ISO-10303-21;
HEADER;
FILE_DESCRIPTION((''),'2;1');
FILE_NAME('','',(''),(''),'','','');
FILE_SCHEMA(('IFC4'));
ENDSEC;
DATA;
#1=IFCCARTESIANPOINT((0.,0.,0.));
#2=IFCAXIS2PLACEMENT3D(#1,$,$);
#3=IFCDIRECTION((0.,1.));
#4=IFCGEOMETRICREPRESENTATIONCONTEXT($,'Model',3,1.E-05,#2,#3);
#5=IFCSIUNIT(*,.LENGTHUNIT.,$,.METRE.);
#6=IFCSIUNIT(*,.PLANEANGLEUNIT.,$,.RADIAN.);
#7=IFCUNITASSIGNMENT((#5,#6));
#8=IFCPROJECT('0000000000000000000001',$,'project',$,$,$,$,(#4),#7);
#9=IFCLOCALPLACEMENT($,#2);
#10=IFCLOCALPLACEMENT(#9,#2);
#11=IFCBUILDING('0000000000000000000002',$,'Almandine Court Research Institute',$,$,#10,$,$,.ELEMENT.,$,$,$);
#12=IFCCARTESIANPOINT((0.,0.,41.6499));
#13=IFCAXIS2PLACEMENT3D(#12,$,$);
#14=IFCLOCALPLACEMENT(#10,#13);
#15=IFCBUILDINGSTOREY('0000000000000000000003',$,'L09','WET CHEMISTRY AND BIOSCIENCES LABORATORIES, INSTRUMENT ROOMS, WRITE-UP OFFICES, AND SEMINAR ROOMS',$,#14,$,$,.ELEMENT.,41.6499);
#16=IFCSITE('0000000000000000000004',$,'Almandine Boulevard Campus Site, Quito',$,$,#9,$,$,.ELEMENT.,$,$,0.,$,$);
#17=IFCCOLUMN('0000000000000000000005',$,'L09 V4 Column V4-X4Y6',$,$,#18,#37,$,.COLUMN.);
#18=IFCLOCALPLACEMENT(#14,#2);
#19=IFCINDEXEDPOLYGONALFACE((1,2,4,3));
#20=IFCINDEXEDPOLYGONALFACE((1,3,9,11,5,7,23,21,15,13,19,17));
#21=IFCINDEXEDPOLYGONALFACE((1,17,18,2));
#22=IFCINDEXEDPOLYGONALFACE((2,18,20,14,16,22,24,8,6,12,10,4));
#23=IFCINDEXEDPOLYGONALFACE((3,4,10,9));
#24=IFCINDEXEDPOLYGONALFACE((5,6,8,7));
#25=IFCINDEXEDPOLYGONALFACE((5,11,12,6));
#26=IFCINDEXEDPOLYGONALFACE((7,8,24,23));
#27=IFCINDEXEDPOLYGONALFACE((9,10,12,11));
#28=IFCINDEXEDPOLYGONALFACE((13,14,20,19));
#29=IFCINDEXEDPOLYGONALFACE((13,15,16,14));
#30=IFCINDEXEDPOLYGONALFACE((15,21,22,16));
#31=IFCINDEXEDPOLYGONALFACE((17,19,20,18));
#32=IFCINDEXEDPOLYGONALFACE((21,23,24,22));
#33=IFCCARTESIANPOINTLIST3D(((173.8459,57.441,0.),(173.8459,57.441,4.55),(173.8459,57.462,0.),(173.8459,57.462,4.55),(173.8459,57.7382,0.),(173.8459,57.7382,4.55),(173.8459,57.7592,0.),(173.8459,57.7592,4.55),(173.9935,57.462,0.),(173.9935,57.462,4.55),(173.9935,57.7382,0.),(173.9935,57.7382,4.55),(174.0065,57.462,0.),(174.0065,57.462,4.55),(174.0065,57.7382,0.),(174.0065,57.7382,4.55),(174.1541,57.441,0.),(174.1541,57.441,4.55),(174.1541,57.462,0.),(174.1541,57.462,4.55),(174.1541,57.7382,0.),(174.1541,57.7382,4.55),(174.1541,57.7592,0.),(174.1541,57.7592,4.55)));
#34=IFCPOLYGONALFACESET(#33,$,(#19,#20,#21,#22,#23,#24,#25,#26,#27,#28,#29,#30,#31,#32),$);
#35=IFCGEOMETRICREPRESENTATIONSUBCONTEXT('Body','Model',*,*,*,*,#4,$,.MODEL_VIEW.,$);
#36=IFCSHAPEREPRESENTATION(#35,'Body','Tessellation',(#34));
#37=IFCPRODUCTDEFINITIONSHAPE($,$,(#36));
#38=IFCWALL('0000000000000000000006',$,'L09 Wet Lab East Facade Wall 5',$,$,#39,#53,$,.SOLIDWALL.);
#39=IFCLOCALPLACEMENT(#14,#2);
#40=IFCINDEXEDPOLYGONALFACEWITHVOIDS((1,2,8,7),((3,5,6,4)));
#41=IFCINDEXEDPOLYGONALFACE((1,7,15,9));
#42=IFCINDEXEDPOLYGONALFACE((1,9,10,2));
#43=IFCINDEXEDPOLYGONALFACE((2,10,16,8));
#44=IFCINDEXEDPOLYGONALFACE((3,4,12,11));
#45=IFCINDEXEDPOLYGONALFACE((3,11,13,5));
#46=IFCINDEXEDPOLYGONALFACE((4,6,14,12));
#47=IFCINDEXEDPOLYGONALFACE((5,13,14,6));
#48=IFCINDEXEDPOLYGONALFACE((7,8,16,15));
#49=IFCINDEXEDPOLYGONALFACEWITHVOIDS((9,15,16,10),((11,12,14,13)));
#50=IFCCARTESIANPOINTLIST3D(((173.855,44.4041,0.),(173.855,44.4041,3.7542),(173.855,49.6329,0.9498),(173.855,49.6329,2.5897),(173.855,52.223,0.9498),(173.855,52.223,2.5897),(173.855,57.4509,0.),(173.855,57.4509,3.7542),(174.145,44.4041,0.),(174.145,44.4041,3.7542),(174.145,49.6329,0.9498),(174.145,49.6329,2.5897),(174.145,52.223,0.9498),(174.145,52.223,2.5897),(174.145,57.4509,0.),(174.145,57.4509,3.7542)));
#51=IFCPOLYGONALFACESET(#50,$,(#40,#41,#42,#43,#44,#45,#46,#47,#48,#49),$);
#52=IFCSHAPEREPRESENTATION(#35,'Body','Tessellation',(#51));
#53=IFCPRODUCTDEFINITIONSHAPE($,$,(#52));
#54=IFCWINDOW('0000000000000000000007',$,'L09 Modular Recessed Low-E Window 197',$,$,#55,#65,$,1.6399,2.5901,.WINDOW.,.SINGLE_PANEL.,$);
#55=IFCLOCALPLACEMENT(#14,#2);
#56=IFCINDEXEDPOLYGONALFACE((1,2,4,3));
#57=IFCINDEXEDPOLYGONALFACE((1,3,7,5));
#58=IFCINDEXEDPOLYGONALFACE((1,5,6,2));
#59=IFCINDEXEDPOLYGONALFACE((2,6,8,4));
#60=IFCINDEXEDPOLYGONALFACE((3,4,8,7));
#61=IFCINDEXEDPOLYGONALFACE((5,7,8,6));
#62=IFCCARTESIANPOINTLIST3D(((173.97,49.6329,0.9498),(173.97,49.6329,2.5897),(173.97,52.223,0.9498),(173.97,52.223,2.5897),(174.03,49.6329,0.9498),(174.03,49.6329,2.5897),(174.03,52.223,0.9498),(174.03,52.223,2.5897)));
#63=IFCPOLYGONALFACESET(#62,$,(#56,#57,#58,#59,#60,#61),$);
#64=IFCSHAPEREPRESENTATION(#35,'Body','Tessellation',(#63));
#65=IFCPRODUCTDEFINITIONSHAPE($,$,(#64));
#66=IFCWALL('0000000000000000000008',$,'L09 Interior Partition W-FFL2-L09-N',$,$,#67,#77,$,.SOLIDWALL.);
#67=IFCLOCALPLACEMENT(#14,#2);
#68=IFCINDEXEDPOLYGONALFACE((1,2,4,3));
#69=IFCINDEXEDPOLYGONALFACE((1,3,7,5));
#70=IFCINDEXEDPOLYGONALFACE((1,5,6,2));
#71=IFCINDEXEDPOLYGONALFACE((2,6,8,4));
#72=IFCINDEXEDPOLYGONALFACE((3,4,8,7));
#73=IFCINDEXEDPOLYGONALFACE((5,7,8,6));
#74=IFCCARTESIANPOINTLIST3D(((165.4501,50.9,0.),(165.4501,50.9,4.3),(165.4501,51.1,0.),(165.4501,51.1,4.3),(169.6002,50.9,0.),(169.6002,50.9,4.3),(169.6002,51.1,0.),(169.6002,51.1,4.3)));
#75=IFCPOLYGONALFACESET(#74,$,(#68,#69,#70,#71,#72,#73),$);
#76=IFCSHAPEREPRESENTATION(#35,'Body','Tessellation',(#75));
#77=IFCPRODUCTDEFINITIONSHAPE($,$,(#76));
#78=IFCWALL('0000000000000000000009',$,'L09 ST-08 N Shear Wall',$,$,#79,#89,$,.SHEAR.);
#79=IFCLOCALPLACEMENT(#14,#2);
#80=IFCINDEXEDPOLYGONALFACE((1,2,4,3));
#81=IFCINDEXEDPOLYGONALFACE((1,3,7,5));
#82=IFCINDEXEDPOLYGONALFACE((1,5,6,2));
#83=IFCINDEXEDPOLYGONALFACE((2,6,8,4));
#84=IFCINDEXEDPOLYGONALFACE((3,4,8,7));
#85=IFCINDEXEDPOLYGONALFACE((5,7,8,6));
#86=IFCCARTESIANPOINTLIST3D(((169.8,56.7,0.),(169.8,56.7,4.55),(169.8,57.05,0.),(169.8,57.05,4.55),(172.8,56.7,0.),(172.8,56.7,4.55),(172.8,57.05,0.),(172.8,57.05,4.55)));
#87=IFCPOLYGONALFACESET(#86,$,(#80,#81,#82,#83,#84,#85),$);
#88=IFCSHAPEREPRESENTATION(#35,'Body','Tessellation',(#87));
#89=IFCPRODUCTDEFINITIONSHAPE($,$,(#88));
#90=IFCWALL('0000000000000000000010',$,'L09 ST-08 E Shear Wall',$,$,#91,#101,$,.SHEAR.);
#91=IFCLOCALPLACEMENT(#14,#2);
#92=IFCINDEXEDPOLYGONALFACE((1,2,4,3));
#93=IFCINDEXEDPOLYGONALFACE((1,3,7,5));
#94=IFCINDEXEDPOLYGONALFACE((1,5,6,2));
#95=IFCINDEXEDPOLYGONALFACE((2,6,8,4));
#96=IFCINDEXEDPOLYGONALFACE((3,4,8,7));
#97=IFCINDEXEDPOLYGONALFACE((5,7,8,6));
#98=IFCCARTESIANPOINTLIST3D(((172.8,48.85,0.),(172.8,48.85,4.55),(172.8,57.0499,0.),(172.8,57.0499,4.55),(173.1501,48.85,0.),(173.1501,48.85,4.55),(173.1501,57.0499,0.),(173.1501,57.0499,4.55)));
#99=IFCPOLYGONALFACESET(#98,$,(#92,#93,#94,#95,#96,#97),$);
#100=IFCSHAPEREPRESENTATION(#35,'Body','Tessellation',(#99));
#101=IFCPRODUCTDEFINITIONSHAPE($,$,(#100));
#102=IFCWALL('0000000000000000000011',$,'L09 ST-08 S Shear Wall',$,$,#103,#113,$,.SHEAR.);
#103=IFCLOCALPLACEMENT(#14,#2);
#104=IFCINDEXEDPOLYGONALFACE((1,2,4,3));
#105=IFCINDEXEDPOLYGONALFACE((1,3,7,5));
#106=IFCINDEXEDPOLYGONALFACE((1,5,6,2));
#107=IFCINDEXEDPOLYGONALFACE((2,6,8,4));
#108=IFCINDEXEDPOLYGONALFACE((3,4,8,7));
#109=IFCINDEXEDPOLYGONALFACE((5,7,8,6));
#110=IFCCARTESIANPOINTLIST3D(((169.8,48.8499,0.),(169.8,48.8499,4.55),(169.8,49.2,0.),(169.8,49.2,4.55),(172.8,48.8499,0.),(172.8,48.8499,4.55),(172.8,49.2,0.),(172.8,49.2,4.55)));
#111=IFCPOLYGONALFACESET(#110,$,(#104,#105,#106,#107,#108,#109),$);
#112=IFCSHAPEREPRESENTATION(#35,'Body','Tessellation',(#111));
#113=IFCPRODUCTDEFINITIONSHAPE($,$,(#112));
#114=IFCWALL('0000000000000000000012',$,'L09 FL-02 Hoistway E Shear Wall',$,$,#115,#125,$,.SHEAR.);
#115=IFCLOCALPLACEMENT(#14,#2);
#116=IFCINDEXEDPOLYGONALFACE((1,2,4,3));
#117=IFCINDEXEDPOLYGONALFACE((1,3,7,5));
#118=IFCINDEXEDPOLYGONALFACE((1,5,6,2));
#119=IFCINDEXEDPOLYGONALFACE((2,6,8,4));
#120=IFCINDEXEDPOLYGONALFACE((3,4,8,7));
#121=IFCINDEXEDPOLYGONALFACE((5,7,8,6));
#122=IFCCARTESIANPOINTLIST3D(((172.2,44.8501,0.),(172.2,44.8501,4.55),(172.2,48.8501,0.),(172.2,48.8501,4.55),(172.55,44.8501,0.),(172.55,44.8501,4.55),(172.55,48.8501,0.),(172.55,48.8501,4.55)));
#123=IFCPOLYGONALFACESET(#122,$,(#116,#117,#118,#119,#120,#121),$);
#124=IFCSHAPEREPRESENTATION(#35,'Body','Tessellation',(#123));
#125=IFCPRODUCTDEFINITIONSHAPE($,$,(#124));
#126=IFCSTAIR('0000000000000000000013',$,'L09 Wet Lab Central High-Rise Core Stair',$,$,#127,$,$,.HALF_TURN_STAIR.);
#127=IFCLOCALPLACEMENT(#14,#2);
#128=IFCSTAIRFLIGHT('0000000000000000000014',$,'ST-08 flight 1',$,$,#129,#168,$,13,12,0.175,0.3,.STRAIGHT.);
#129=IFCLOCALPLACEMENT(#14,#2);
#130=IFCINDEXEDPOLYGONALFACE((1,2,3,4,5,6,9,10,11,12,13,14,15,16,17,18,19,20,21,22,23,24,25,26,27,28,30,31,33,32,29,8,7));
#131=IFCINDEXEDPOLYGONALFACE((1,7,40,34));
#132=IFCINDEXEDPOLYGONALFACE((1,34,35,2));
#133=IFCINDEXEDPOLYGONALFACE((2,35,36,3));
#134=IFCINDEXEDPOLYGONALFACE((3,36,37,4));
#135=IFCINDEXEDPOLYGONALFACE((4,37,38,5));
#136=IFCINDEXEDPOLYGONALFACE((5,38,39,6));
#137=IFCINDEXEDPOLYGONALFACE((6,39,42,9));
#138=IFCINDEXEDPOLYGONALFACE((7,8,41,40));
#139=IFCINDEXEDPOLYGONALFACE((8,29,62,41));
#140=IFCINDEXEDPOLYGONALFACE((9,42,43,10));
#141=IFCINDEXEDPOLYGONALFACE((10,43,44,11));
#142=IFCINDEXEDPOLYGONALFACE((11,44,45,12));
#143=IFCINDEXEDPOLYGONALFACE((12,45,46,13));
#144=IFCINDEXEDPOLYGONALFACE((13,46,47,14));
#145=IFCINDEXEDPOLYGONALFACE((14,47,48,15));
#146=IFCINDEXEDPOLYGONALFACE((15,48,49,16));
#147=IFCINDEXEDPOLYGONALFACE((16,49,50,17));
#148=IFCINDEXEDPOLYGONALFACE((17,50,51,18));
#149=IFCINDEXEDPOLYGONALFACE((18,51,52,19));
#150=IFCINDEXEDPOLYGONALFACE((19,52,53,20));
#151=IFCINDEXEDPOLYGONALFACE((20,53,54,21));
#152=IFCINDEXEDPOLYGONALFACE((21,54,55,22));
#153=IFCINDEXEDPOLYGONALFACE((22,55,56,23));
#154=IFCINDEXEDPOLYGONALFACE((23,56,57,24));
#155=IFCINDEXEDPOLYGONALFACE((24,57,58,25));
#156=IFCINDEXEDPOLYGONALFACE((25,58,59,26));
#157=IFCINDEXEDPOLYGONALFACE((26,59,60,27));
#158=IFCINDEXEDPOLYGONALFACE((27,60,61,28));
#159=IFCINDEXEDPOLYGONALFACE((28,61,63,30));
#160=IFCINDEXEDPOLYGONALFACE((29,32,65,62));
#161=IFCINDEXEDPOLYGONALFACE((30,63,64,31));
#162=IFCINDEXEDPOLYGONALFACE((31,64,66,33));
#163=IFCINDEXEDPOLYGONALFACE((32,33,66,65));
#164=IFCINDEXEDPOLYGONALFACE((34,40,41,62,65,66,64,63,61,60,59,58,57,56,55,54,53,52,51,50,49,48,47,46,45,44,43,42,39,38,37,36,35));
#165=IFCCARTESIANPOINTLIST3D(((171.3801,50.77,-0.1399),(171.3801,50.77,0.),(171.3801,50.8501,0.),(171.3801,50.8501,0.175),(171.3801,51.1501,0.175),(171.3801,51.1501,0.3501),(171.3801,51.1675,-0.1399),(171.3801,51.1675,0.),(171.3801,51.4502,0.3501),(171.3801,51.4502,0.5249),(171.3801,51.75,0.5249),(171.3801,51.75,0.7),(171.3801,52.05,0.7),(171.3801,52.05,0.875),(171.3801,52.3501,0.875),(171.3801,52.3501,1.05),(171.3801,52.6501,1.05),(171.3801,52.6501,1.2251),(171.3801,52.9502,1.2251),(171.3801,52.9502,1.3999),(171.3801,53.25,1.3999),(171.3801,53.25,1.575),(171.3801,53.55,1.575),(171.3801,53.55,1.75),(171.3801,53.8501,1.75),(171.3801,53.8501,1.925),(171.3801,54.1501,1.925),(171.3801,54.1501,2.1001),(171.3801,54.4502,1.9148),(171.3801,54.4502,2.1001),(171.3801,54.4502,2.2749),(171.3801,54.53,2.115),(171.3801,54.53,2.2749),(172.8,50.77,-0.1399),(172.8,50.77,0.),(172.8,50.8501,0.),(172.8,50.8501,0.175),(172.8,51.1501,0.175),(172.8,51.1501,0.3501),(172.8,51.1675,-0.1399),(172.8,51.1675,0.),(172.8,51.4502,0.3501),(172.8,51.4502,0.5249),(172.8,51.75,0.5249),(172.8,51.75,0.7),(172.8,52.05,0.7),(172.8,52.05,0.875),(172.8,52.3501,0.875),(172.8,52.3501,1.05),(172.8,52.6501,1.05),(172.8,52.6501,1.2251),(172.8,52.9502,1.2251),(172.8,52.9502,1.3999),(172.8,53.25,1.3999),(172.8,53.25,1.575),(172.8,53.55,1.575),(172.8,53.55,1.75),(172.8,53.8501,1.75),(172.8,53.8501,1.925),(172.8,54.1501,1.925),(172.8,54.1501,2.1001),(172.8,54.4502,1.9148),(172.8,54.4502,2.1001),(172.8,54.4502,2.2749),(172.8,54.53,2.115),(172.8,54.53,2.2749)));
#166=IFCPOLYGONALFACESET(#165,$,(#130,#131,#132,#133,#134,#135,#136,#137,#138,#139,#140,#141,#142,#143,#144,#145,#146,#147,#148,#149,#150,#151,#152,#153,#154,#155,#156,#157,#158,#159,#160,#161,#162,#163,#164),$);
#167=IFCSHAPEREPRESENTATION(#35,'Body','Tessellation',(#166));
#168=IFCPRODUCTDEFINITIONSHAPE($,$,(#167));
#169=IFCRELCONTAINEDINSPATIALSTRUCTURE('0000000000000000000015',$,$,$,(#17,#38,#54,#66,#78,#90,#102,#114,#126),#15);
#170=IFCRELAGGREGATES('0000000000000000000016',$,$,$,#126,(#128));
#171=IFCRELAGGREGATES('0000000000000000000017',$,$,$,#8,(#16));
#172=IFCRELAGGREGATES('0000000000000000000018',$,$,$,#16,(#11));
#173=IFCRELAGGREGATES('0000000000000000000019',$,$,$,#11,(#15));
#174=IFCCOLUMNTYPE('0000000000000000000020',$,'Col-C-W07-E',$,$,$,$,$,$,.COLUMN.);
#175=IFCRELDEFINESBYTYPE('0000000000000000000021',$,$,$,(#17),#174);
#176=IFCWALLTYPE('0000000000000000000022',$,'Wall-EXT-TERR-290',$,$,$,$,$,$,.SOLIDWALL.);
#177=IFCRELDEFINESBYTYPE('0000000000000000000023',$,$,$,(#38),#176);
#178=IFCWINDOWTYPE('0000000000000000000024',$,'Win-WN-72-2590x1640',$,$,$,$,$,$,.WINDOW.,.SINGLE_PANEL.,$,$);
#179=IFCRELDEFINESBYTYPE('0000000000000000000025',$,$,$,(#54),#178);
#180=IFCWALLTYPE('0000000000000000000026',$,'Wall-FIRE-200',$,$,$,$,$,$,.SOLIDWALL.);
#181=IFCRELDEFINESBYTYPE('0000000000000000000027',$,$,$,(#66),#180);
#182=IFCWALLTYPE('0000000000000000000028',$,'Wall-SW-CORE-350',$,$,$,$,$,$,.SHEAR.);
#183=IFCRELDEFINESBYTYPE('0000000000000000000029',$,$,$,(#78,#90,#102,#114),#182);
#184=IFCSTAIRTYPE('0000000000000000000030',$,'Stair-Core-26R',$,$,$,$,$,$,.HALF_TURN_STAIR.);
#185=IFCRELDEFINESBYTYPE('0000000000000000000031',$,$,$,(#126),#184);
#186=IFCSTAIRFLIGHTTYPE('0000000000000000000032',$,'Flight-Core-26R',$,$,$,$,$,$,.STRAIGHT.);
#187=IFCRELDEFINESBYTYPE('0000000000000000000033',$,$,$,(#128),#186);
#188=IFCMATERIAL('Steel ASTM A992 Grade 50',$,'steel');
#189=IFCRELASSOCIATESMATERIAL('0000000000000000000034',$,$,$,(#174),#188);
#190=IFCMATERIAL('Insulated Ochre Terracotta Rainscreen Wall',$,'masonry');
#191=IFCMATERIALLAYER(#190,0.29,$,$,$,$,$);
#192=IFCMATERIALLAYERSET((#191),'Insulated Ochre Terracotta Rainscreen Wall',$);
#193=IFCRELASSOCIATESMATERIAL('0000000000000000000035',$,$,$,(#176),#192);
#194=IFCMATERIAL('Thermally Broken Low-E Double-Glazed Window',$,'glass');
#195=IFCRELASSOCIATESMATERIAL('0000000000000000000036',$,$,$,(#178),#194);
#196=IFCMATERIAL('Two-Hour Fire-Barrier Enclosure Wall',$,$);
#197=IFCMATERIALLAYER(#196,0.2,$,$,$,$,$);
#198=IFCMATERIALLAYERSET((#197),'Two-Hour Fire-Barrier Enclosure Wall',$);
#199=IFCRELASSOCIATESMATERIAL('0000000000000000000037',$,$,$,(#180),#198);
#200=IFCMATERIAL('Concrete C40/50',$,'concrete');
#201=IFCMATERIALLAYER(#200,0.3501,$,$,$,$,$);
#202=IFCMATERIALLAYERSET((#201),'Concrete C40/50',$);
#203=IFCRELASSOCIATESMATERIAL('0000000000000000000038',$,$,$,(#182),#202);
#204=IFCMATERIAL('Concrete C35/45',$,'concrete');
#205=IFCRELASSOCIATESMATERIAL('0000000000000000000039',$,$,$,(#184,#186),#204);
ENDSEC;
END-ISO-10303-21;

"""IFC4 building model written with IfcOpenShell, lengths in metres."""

from ifc_helpers import new_model, si_unit, direction, frame, frame_2d, origin, origin_2d, place, context, subcontext, project, spatial, polyline, rectangle, i_section, outline, extrude, material, layer, layer_set, material_profile, profile_set, type_object, element, fill, aggregate, save


model = new_model("IFC4")

# Units and contexts
model_context = context("Model", 3, precision=1e-05, world=origin(), true_north=direction((0.0, 1.0)))
body_context = subcontext(model_context, "Body", "Model", "MODEL_VIEW")
ifc_project = project(units=[si_unit("LENGTHUNIT", "METRE"), si_unit("PLANEANGLEUNIT", "RADIAN")], contexts=[model_context])

# Site, building, storey
site_placement = place(None, origin())
site = spatial("IfcSite", under=ifc_project, at=site_placement, Name="Almandine Boulevard Campus Site, Quito", CompositionType="ELEMENT", RefElevation=0.0)
building_placement = place(site_placement, origin())
building = spatial("IfcBuilding", under=site, at=building_placement, Name="Almandine Court Research Institute", CompositionType="ELEMENT")
storey_placement = place(building_placement, frame((0.0, 0.0, 41.6499)))
storey = spatial("IfcBuildingStorey", under=building, at=storey_placement, Name="L09", Description="WET CHEMISTRY AND BIOSCIENCES LABORATORIES, INSTRUMENT ROOMS, WRITE-UP OFFICES, AND SEMINAR ROOMS", CompositionType="ELEMENT", Elevation=41.6499)

# Column
ifc_material_1 = material(Name="Steel ASTM A992 Grade 50", Category="steel")
ifc_material_profile = material_profile(ifc_material_1, i_section(OverallWidth=0.3081, OverallDepth=0.3181, WebThickness=0.0129, FlangeThickness=0.021, at=origin_2d()), Name="W310x129")
ifc_profile_set = profile_set([ifc_material_profile], Name="Steel ASTM A992 Grade 50")
column_type = type_object("IfcColumnType", Name="Col-C-W07-E", PredefinedType="COLUMN", material=ifc_profile_set)
column_placement = place(storey_placement, frame((174.0, 57.6001, 0.0), z_axis=(0.0, 0.0, 1.0), x_axis=(1.0, 0.0, 0.0)))
element("IfcColumn", 1, at=column_placement, inside=storey, type_object=column_type, Name="L09 V4 Column V4-X4Y6", PredefinedType="COLUMN", context=body_context, shape_type="SweptSolid", body=[
    extrude(i_section(OverallWidth=0.3081, OverallDepth=0.3181, WebThickness=0.0129, FlangeThickness=0.021, at=origin_2d()), origin(), (0.0, 0.0, 1.0), 4.55),
])

# Wall, opening, window
ifc_material_2 = material(Name="Insulated Ochre Terracotta Rainscreen Wall", Category="masonry")
ifc_layer_1 = layer(ifc_material_2, 0.29)
ifc_layer_set_1 = layer_set([ifc_layer_1], Name="Insulated Ochre Terracotta Rainscreen Wall")
wall_type_1 = type_object("IfcWallType", Name="Wall-EXT-TERR-290", PredefinedType="SOLIDWALL", material=ifc_layer_set_1)
wall_1_placement = place(storey_placement, frame((174.0, 57.4509, 0.0), z_axis=(0.0, 0.0, 1.0), x_axis=(0.0, -1.0, 0.0)))
wall_1 = element("IfcWall", 2, at=wall_1_placement, inside=storey, type_object=wall_type_1, Name="L09 Wet Lab East Facade Wall 5", PredefinedType="SOLIDWALL", context=body_context, shape_type="SweptSolid", body=[
    extrude(rectangle(XDim=13.0469, YDim=0.29, at=frame_2d((6.5234, 0.0))), origin(), (0.0, 0.0, 1.0), 3.7542),
])
opening_placement = place(wall_1_placement, frame((5.228, 0.0, 0.95)))
opening = element("IfcOpeningElement", 3, at=opening_placement, cuts=wall_1, PredefinedType="OPENING", context=body_context, shape_type="SweptSolid", body=[
    extrude(rectangle(XDim=2.5901, YDim=1.6399, at=frame_2d((1.2949, 0.8198))), frame((0.0, 0.155, 0.0), z_axis=(0.0, -1.0, 0.0), x_axis=(1.0, 0.0, 0.0)), (0.0, 0.0, 1.0), 0.3101),
])
ifc_material_3 = material(Name="Thermally Broken Low-E Double-Glazed Window", Category="glass")
window_type = type_object("IfcWindowType", Name="Win-WN-72-2590x1640", PartitioningType="SINGLE_PANEL", PredefinedType="WINDOW", material=ifc_material_3)
window_placement = place(opening_placement, origin())
window = element("IfcWindow", 4, at=window_placement, inside=storey, type_object=window_type, Name="L09 Modular Recessed Low-E Window 197", OverallHeight=1.6399, OverallWidth=2.5901, PartitioningType="SINGLE_PANEL", PredefinedType="WINDOW", context=body_context, shape_type="SweptSolid", body=[
    extrude(rectangle(XDim=2.5901, YDim=1.6399, at=frame_2d((1.2949, 0.8198))), frame((0.0, 0.03, 0.0), z_axis=(0.0, -1.0, 0.0), x_axis=(1.0, 0.0, 0.0)), (0.0, 0.0, 1.0), 0.0601),
])
fill(opening, window)

# Walls
ifc_material_4 = material(Name="Two-Hour Fire-Barrier Enclosure Wall")
ifc_layer_2 = layer(ifc_material_4, 0.2)
ifc_layer_set_2 = layer_set([ifc_layer_2], Name="Two-Hour Fire-Barrier Enclosure Wall")
wall_type_2 = type_object("IfcWallType", Name="Wall-FIRE-200", PredefinedType="SOLIDWALL", material=ifc_layer_set_2)
wall_2_placement = place(storey_placement, frame((165.45, 51.0, 0.0), z_axis=(0.0, 0.0, 1.0), x_axis=(1.0, 0.0, 0.0)))
element("IfcWall", 5, at=wall_2_placement, inside=storey, type_object=wall_type_2, Name="L09 Interior Partition W-FFL2-L09-N", PredefinedType="SOLIDWALL", context=body_context, shape_type="SweptSolid", body=[
    extrude(rectangle(XDim=4.1501, YDim=0.2, at=frame_2d((2.0752, 0.0))), origin(), (0.0, 0.0, 1.0), 4.3),
])
ifc_material_5 = material(Name="Concrete C40/50", Category="concrete")
ifc_layer_3 = layer(ifc_material_5, 0.3501)
ifc_layer_set_3 = layer_set([ifc_layer_3], Name="Concrete C40/50")
wall_type_3 = type_object("IfcWallType", Name="Wall-SW-CORE-350", PredefinedType="SHEAR", material=ifc_layer_set_3)
wall_3_placement = place(storey_placement, frame((169.8, 56.875, 0.0), z_axis=(0.0, 0.0, 1.0), x_axis=(1.0, 0.0, 0.0)))
element("IfcWall", 6, at=wall_3_placement, inside=storey, type_object=wall_type_3, Name="L09 ST-08 N Shear Wall", PredefinedType="SHEAR", context=body_context, shape_type="SweptSolid", body=[
    extrude(rectangle(XDim=3.0, YDim=0.3501, at=frame_2d((1.5, 0.0))), origin(), (0.0, 0.0, 1.0), 4.55),
])
wall_4_placement = place(storey_placement, frame((172.9751, 57.05, 0.0), z_axis=(0.0, 0.0, 1.0), x_axis=(0.0, -1.0, 0.0)))
element("IfcWall", 7, at=wall_4_placement, inside=storey, type_object=wall_type_3, Name="L09 ST-08 E Shear Wall", PredefinedType="SHEAR", context=body_context, shape_type="SweptSolid", body=[
    extrude(rectangle(XDim=8.2, YDim=0.3501, at=frame_2d((4.1001, 0.0))), origin(), (0.0, 0.0, 1.0), 4.55),
])
wall_5_placement = place(storey_placement, frame((172.8, 49.0249, 0.0), z_axis=(0.0, 0.0, 1.0), x_axis=(-1.0, 0.0, 0.0)))
element("IfcWall", 8, at=wall_5_placement, inside=storey, type_object=wall_type_3, Name="L09 ST-08 S Shear Wall", PredefinedType="SHEAR", context=body_context, shape_type="SweptSolid", body=[
    extrude(rectangle(XDim=3.0, YDim=0.3501, at=frame_2d((1.5, 0.0))), origin(), (0.0, 0.0, 1.0), 4.55),
])
wall_6_placement = place(storey_placement, frame((172.375, 48.8501, 0.0), z_axis=(0.0, 0.0, 1.0), x_axis=(0.0, -1.0, 0.0)))
element("IfcWall", 9, at=wall_6_placement, inside=storey, type_object=wall_type_3, Name="L09 FL-02 Hoistway E Shear Wall", PredefinedType="SHEAR", context=body_context, shape_type="SweptSolid", body=[
    extrude(rectangle(XDim=4.0, YDim=0.3501, at=frame_2d((2.0, 0.0))), origin(), (0.0, 0.0, 1.0), 4.55),
])

# Stair, stair flight
ifc_material_6 = material(Name="Concrete C35/45", Category="concrete")
stair_type = type_object("IfcStairType", Name="Stair-Core-26R", PredefinedType="HALF_TURN_STAIR", material=ifc_material_6)
stair_placement = place(storey_placement, origin())
stair = element("IfcStair", 10, at=stair_placement, inside=storey, type_object=stair_type, Name="L09 Wet Lab Central High-Rise Core Stair", PredefinedType="HALF_TURN_STAIR")
stair_flight_type = type_object("IfcStairFlightType", Name="Flight-Core-26R", PredefinedType="STRAIGHT", material=ifc_material_6)
stair_flight_1_placement = place(storey_placement, frame((172.0901, 50.8501, 0.0), z_axis=(0.0, 0.0, 1.0), x_axis=(0.0, 1.0, 0.0)))
stair_flight_1 = element("IfcStairFlight", 11, at=stair_flight_1_placement, type_object=stair_flight_type, Name="ST-08 flight 1", NumberOfRisers=13, NumberOfTreads=12, PredefinedType="STRAIGHT", RiserHeight=0.175, TreadLength=0.3, context=body_context, shape_type="SweptSolid", body=[
    extrude(outline(polyline([(-0.0801, -0.1399), (-0.0801, 0.0), (0.0, 0.0), (0.0, 0.175), (0.3, 0.175), (0.3, 0.3501), (0.6001, 0.3501), (0.6001, 0.5249), (0.8999, 0.5249), (0.8999, 0.7), (1.2, 0.7), (1.2, 0.875), (1.5, 0.875), (1.5, 1.05), (1.8, 1.05), (1.8, 1.2251), (2.1001, 1.2251), (2.1001, 1.3999), (2.3999, 1.3999), (2.3999, 1.575), (2.7, 1.575), (2.7, 1.75), (3.0, 1.75), (3.0, 1.925), (3.3, 1.925), (3.3, 2.1001), (3.6001, 2.1001), (3.6001, 2.2749), (3.6799, 2.2749), (3.6799, 2.115), (3.6001, 1.9148), (0.3174, 0.0), (0.3174, -0.1399), (-0.0801, -0.1399)])), frame((0.0, 0.71, 0.0), z_axis=(0.0, -1.0, 0.0), x_axis=(1.0, 0.0, 0.0)), (0.0, 0.0, 1.0), 1.4199),
])
aggregate(stair, [stair_flight_1])

save(model, "model.ifc")
